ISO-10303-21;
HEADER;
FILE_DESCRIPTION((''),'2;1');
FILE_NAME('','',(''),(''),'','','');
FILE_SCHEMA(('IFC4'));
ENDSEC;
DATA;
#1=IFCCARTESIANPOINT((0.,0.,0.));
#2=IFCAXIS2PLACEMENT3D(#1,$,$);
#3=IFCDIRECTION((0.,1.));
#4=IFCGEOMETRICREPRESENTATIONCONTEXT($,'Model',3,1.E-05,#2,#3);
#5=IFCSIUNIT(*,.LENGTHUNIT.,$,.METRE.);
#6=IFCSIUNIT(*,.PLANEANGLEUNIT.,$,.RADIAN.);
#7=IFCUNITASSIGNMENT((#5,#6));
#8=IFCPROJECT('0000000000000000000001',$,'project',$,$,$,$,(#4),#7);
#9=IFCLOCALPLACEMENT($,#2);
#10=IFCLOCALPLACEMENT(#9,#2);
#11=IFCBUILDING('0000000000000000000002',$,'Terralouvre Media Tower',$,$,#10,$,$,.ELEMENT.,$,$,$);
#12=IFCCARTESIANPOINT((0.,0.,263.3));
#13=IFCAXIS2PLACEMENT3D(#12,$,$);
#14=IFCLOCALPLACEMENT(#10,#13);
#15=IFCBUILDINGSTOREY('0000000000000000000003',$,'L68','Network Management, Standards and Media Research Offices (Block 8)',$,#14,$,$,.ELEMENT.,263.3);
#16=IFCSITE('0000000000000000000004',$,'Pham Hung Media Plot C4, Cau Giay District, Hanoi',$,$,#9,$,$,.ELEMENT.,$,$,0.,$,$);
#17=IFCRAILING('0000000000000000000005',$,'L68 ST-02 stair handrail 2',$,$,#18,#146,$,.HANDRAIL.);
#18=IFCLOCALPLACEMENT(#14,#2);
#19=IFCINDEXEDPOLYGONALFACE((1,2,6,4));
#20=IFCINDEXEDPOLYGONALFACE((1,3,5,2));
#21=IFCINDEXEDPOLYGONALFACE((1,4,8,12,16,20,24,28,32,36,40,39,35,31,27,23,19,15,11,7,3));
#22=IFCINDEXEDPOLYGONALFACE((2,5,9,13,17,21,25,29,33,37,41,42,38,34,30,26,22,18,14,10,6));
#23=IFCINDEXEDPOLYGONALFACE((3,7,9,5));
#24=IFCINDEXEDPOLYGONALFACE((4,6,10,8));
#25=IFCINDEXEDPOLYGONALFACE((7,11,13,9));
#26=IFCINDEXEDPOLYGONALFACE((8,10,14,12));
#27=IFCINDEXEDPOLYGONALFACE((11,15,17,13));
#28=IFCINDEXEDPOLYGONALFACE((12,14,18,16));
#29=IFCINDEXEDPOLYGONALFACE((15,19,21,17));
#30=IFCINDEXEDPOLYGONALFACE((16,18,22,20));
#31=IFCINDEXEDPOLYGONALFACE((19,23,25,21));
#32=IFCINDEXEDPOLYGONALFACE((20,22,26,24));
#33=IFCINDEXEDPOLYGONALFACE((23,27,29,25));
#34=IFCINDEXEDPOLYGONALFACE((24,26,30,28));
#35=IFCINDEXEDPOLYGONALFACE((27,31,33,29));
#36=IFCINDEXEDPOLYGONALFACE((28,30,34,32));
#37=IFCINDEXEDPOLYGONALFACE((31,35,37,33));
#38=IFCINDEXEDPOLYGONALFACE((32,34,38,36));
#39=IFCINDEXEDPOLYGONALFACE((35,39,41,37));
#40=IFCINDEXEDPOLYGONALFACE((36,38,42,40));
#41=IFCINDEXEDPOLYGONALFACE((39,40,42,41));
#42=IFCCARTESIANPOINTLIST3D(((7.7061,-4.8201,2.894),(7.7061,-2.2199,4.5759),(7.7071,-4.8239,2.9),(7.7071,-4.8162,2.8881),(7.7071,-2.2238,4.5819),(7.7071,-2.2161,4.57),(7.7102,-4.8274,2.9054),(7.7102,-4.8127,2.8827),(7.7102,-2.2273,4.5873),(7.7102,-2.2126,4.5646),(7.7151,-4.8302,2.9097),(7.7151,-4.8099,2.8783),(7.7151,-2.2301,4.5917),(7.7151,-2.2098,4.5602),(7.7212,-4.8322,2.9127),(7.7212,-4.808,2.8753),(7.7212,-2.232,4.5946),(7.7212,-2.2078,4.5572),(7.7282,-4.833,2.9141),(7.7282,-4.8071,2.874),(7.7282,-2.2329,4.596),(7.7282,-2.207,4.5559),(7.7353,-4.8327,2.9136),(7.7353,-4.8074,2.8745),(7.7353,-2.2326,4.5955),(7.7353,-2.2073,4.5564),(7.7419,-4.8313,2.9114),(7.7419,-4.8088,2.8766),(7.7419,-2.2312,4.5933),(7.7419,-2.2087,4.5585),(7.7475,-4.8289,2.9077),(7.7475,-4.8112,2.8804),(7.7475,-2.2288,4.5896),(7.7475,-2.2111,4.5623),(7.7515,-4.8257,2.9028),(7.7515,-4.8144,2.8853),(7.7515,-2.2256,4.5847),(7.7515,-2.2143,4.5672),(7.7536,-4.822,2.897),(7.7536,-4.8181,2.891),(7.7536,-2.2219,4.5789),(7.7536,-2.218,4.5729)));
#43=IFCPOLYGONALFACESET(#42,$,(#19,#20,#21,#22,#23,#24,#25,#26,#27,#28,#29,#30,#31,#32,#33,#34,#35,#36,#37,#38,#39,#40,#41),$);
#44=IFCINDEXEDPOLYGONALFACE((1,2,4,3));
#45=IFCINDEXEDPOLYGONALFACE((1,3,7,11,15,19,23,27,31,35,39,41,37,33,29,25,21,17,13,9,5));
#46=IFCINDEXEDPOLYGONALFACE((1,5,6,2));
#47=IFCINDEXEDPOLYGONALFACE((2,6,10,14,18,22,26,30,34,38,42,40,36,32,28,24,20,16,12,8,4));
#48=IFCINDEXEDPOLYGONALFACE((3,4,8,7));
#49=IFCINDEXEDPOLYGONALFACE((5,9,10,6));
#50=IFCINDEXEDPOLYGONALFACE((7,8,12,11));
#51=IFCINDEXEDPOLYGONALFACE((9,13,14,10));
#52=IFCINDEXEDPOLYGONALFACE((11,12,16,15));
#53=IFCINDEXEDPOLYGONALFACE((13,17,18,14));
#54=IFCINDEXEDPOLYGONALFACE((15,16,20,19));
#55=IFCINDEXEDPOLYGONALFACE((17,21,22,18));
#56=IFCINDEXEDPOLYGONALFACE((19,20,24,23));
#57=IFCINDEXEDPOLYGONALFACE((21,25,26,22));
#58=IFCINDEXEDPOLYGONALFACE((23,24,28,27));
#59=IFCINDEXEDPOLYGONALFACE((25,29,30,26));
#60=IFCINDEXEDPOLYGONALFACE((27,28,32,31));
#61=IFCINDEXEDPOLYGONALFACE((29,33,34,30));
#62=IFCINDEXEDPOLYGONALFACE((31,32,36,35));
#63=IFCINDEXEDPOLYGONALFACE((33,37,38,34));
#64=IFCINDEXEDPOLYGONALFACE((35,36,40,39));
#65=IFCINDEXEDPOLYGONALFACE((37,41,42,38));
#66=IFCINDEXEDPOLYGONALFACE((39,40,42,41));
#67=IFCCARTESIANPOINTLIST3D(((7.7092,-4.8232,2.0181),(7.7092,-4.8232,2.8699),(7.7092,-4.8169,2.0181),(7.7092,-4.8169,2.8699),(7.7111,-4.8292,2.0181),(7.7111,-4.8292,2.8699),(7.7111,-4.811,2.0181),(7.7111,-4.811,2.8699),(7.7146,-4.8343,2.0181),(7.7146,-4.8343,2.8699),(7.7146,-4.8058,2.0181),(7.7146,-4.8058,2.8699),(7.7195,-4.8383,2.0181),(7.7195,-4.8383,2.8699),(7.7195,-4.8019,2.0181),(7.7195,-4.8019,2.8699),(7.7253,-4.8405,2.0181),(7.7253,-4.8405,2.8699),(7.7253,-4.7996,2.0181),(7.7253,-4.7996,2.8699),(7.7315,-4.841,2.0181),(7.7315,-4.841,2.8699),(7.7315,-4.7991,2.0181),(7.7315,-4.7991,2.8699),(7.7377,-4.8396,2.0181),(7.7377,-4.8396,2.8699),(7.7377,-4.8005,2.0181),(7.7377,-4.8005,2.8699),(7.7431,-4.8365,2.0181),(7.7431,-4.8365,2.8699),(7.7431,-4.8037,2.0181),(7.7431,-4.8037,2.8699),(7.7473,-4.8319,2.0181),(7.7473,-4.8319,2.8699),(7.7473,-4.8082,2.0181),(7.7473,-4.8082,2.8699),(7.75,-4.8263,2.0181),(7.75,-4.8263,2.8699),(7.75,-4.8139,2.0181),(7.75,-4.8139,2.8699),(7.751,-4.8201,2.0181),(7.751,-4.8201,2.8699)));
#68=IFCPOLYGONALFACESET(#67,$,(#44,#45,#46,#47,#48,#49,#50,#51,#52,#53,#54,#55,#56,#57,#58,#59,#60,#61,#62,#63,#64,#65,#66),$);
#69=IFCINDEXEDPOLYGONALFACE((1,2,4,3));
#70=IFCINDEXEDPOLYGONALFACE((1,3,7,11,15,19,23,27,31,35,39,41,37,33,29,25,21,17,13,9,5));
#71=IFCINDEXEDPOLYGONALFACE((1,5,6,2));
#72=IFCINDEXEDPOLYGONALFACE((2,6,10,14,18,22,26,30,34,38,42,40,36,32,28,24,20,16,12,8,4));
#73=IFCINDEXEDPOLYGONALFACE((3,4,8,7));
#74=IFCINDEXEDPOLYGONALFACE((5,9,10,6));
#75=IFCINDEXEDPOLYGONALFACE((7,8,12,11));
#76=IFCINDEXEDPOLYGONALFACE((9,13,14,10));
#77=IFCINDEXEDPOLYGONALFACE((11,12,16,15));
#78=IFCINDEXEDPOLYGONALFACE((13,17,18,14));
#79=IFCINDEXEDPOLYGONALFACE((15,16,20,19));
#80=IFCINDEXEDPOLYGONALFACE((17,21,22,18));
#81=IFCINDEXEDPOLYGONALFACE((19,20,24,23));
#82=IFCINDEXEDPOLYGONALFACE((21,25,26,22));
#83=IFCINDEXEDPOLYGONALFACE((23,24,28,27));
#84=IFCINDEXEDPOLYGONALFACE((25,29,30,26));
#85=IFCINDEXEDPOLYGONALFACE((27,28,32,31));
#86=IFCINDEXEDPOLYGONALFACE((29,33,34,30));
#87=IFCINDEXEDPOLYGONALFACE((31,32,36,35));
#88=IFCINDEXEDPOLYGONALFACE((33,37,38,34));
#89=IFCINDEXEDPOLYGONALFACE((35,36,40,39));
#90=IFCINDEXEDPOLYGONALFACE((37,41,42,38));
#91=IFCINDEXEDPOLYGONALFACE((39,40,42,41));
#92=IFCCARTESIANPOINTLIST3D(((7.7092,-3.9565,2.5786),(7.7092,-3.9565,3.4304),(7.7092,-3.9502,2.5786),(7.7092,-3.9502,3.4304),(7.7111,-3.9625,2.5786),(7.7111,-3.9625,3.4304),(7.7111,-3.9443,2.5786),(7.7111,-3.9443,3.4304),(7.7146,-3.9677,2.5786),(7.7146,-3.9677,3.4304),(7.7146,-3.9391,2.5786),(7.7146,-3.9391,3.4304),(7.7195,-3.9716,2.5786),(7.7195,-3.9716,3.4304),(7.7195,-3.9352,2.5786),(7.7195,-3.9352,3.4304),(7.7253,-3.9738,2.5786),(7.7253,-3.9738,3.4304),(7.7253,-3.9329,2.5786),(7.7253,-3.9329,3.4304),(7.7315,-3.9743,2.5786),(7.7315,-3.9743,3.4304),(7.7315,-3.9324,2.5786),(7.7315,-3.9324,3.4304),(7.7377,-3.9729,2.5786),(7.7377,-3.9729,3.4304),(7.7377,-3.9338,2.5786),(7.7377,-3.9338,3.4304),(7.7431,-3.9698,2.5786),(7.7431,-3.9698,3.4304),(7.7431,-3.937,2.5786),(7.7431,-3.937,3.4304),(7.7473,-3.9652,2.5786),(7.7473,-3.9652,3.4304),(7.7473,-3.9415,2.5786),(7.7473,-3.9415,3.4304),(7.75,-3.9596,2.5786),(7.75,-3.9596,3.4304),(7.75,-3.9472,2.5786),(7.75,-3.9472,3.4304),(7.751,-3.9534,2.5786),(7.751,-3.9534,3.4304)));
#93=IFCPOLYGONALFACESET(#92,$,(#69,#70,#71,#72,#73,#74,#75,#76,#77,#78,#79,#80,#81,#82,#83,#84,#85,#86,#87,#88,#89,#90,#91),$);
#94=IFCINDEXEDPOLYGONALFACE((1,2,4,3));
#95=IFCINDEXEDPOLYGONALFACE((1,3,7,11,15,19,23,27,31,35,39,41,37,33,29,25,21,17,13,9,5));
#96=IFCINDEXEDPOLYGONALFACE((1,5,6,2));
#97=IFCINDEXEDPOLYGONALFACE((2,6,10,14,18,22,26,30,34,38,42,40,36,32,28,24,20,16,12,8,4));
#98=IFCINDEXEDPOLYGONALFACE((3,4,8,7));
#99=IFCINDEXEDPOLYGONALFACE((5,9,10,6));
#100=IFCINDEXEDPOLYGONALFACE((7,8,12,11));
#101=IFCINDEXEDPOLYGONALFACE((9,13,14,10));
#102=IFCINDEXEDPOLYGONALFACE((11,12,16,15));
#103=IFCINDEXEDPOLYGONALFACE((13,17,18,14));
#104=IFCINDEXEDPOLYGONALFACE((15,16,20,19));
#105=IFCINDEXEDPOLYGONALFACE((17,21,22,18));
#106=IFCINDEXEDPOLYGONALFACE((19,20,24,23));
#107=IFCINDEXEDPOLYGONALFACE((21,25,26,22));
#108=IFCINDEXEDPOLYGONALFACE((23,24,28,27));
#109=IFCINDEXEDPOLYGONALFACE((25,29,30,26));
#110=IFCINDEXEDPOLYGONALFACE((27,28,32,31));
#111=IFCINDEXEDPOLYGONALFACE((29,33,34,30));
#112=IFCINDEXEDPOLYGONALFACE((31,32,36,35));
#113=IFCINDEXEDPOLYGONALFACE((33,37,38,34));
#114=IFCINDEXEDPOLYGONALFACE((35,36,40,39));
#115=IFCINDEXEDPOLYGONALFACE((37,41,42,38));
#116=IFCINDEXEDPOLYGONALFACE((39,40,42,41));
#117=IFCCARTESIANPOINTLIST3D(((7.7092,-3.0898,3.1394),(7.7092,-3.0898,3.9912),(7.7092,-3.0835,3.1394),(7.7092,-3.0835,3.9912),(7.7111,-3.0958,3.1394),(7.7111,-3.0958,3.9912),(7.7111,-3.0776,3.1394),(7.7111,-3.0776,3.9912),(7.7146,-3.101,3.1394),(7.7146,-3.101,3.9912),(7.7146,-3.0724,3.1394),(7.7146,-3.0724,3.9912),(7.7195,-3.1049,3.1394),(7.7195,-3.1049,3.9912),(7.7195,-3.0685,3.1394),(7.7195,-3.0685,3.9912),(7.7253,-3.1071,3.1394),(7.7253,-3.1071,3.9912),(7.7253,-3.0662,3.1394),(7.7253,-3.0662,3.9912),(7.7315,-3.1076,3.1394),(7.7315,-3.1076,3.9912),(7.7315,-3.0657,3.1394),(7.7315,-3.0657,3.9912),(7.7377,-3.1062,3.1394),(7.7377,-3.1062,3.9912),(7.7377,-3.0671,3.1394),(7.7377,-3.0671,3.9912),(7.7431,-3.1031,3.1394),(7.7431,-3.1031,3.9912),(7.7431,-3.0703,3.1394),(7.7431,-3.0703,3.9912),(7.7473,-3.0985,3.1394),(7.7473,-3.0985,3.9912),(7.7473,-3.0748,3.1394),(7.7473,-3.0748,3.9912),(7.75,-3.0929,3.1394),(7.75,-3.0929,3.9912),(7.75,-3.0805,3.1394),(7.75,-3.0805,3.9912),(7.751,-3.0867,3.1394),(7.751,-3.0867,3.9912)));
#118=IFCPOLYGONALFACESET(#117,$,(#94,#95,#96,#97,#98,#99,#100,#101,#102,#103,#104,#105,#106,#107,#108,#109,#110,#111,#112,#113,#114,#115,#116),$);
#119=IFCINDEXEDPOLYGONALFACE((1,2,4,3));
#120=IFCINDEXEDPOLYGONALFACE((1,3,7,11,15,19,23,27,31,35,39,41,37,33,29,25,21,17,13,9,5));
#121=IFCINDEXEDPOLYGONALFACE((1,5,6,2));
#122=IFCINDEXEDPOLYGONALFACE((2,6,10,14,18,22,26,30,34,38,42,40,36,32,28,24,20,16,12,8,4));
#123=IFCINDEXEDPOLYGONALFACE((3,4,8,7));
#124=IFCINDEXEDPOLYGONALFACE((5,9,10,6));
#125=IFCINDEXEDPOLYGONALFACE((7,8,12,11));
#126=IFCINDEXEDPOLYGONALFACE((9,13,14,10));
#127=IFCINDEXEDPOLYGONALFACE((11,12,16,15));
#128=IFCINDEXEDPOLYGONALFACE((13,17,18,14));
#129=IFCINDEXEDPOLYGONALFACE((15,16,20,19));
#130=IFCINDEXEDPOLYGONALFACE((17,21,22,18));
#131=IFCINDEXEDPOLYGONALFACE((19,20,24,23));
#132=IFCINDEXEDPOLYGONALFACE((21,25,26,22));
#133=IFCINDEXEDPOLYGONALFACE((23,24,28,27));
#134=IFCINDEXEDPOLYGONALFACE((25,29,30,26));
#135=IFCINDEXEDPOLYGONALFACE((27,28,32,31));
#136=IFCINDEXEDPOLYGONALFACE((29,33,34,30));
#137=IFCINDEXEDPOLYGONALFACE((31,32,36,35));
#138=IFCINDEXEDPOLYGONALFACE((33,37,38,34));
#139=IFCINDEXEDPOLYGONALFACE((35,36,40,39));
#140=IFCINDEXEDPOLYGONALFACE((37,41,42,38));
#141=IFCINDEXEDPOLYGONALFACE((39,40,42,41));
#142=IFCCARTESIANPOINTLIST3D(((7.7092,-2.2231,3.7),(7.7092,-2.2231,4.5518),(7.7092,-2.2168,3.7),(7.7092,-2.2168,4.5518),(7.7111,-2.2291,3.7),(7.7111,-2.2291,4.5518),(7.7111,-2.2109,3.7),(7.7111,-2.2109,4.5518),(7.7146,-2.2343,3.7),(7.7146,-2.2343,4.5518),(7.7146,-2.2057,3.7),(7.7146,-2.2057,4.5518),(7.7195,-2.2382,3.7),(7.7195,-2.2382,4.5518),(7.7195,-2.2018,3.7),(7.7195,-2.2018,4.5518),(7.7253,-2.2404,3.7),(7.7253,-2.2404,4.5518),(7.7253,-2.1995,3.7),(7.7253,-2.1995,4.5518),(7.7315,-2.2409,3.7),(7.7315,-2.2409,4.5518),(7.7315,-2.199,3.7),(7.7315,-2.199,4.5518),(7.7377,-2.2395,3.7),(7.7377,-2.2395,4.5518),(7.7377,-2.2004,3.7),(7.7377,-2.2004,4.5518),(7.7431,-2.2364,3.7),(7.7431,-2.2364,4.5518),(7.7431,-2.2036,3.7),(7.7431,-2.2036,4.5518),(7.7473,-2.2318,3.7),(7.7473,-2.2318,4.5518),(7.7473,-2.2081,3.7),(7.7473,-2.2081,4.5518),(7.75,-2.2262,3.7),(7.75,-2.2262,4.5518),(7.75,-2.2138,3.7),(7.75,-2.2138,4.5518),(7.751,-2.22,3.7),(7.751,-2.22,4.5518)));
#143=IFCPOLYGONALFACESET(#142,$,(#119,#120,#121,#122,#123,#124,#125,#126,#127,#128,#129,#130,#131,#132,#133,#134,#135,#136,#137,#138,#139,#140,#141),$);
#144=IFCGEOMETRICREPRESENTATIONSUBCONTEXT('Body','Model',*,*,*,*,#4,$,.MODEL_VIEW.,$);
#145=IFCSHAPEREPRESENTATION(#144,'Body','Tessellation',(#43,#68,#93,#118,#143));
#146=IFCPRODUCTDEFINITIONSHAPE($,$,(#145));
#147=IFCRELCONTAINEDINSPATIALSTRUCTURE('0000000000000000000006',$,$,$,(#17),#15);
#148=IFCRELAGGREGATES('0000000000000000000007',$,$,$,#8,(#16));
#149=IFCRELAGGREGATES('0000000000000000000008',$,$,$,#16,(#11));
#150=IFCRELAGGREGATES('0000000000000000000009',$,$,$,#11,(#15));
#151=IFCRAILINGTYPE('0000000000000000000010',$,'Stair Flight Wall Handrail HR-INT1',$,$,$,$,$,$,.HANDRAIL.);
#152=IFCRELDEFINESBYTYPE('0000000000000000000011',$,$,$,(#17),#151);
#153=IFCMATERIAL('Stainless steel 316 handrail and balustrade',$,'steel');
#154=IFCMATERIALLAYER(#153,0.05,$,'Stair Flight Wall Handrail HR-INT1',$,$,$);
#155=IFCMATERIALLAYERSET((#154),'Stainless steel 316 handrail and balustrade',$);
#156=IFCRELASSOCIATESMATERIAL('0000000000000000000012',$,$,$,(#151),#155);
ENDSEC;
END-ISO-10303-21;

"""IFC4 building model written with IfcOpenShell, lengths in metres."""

from ifc_helpers import new_model, si_unit, direction, frame, origin, origin_2d, place, context, subcontext, project, spatial, circle, extrude, material, layer, layer_set, type_object, element, save


model = new_model("IFC4")

# Units and contexts
model_context = context("Model", 3, precision=1e-05, world=origin(), true_north=direction((0.0, 1.0)))
body_context = subcontext(model_context, "Body", "Model", "MODEL_VIEW")
ifc_project = project(units=[si_unit("LENGTHUNIT", "METRE"), si_unit("PLANEANGLEUNIT", "RADIAN")], contexts=[model_context])

# Site, building, storey
site_placement = place(None, origin())
site = spatial("IfcSite", under=ifc_project, at=site_placement, Name="Pham Hung Media Plot C4, Cau Giay District, Hanoi", CompositionType="ELEMENT", RefElevation=0.0)
building_placement = place(site_placement, origin())
building = spatial("IfcBuilding", under=site, at=building_placement, Name="Terralouvre Media Tower", CompositionType="ELEMENT")
storey_placement = place(building_placement, frame((0.0, 0.0, 263.3)))
storey = spatial("IfcBuildingStorey", under=building, at=storey_placement, Name="L68", Description="Network Management, Standards and Media Research Offices (Block 8)", CompositionType="ELEMENT", Elevation=263.3)

# Railing
ifc_material_1 = material(Name="Stainless steel 316 handrail and balustrade", Category="steel")
ifc_layer_1 = layer(ifc_material_1, 0.05, Name="Stair Flight Wall Handrail HR-INT1")
ifc_layer_set_1 = layer_set([ifc_layer_1], Name="Stainless steel 316 handrail and balustrade")
railing_type_1 = type_object("IfcRailingType", Name="Stair Flight Wall Handrail HR-INT1", PredefinedType="HANDRAIL", material=ifc_layer_set_1)
railing_1_placement = place(storey_placement, frame((7.73, -4.8201, 2.0181)))
element("IfcRailing", 1, at=railing_1_placement, inside=storey, type_object=railing_type_1, Name="L68 ST-02 stair handrail 2", PredefinedType="HANDRAIL", context=body_context, shape_type="SweptSolid", body=[
    extrude(circle(Radius=0.0239, at=origin_2d()), frame((0.0, 0.0, 0.876), z_axis=(0.0, 0.839648, 0.54313), x_axis=(-1.0, 0.0, 0.0)), (0.0, 0.0, 1.0), 3.0967),
    extrude(circle(Radius=0.021, at=origin_2d()), origin(), (0.0, 0.0, 1.0), 0.8518),
    extrude(circle(Radius=0.021, at=origin_2d()), frame((0.0, 0.8667, 0.5605)), (0.0, 0.0, 1.0), 0.8518),
    extrude(circle(Radius=0.021, at=origin_2d()), frame((0.0, 1.7334, 1.1213)), (0.0, 0.0, 1.0), 0.8518),
    extrude(circle(Radius=0.021, at=origin_2d()), frame((0.0, 2.6001, 1.6819)), (0.0, 0.0, 1.0), 0.8518),
])

save(model, "model.ifc")
